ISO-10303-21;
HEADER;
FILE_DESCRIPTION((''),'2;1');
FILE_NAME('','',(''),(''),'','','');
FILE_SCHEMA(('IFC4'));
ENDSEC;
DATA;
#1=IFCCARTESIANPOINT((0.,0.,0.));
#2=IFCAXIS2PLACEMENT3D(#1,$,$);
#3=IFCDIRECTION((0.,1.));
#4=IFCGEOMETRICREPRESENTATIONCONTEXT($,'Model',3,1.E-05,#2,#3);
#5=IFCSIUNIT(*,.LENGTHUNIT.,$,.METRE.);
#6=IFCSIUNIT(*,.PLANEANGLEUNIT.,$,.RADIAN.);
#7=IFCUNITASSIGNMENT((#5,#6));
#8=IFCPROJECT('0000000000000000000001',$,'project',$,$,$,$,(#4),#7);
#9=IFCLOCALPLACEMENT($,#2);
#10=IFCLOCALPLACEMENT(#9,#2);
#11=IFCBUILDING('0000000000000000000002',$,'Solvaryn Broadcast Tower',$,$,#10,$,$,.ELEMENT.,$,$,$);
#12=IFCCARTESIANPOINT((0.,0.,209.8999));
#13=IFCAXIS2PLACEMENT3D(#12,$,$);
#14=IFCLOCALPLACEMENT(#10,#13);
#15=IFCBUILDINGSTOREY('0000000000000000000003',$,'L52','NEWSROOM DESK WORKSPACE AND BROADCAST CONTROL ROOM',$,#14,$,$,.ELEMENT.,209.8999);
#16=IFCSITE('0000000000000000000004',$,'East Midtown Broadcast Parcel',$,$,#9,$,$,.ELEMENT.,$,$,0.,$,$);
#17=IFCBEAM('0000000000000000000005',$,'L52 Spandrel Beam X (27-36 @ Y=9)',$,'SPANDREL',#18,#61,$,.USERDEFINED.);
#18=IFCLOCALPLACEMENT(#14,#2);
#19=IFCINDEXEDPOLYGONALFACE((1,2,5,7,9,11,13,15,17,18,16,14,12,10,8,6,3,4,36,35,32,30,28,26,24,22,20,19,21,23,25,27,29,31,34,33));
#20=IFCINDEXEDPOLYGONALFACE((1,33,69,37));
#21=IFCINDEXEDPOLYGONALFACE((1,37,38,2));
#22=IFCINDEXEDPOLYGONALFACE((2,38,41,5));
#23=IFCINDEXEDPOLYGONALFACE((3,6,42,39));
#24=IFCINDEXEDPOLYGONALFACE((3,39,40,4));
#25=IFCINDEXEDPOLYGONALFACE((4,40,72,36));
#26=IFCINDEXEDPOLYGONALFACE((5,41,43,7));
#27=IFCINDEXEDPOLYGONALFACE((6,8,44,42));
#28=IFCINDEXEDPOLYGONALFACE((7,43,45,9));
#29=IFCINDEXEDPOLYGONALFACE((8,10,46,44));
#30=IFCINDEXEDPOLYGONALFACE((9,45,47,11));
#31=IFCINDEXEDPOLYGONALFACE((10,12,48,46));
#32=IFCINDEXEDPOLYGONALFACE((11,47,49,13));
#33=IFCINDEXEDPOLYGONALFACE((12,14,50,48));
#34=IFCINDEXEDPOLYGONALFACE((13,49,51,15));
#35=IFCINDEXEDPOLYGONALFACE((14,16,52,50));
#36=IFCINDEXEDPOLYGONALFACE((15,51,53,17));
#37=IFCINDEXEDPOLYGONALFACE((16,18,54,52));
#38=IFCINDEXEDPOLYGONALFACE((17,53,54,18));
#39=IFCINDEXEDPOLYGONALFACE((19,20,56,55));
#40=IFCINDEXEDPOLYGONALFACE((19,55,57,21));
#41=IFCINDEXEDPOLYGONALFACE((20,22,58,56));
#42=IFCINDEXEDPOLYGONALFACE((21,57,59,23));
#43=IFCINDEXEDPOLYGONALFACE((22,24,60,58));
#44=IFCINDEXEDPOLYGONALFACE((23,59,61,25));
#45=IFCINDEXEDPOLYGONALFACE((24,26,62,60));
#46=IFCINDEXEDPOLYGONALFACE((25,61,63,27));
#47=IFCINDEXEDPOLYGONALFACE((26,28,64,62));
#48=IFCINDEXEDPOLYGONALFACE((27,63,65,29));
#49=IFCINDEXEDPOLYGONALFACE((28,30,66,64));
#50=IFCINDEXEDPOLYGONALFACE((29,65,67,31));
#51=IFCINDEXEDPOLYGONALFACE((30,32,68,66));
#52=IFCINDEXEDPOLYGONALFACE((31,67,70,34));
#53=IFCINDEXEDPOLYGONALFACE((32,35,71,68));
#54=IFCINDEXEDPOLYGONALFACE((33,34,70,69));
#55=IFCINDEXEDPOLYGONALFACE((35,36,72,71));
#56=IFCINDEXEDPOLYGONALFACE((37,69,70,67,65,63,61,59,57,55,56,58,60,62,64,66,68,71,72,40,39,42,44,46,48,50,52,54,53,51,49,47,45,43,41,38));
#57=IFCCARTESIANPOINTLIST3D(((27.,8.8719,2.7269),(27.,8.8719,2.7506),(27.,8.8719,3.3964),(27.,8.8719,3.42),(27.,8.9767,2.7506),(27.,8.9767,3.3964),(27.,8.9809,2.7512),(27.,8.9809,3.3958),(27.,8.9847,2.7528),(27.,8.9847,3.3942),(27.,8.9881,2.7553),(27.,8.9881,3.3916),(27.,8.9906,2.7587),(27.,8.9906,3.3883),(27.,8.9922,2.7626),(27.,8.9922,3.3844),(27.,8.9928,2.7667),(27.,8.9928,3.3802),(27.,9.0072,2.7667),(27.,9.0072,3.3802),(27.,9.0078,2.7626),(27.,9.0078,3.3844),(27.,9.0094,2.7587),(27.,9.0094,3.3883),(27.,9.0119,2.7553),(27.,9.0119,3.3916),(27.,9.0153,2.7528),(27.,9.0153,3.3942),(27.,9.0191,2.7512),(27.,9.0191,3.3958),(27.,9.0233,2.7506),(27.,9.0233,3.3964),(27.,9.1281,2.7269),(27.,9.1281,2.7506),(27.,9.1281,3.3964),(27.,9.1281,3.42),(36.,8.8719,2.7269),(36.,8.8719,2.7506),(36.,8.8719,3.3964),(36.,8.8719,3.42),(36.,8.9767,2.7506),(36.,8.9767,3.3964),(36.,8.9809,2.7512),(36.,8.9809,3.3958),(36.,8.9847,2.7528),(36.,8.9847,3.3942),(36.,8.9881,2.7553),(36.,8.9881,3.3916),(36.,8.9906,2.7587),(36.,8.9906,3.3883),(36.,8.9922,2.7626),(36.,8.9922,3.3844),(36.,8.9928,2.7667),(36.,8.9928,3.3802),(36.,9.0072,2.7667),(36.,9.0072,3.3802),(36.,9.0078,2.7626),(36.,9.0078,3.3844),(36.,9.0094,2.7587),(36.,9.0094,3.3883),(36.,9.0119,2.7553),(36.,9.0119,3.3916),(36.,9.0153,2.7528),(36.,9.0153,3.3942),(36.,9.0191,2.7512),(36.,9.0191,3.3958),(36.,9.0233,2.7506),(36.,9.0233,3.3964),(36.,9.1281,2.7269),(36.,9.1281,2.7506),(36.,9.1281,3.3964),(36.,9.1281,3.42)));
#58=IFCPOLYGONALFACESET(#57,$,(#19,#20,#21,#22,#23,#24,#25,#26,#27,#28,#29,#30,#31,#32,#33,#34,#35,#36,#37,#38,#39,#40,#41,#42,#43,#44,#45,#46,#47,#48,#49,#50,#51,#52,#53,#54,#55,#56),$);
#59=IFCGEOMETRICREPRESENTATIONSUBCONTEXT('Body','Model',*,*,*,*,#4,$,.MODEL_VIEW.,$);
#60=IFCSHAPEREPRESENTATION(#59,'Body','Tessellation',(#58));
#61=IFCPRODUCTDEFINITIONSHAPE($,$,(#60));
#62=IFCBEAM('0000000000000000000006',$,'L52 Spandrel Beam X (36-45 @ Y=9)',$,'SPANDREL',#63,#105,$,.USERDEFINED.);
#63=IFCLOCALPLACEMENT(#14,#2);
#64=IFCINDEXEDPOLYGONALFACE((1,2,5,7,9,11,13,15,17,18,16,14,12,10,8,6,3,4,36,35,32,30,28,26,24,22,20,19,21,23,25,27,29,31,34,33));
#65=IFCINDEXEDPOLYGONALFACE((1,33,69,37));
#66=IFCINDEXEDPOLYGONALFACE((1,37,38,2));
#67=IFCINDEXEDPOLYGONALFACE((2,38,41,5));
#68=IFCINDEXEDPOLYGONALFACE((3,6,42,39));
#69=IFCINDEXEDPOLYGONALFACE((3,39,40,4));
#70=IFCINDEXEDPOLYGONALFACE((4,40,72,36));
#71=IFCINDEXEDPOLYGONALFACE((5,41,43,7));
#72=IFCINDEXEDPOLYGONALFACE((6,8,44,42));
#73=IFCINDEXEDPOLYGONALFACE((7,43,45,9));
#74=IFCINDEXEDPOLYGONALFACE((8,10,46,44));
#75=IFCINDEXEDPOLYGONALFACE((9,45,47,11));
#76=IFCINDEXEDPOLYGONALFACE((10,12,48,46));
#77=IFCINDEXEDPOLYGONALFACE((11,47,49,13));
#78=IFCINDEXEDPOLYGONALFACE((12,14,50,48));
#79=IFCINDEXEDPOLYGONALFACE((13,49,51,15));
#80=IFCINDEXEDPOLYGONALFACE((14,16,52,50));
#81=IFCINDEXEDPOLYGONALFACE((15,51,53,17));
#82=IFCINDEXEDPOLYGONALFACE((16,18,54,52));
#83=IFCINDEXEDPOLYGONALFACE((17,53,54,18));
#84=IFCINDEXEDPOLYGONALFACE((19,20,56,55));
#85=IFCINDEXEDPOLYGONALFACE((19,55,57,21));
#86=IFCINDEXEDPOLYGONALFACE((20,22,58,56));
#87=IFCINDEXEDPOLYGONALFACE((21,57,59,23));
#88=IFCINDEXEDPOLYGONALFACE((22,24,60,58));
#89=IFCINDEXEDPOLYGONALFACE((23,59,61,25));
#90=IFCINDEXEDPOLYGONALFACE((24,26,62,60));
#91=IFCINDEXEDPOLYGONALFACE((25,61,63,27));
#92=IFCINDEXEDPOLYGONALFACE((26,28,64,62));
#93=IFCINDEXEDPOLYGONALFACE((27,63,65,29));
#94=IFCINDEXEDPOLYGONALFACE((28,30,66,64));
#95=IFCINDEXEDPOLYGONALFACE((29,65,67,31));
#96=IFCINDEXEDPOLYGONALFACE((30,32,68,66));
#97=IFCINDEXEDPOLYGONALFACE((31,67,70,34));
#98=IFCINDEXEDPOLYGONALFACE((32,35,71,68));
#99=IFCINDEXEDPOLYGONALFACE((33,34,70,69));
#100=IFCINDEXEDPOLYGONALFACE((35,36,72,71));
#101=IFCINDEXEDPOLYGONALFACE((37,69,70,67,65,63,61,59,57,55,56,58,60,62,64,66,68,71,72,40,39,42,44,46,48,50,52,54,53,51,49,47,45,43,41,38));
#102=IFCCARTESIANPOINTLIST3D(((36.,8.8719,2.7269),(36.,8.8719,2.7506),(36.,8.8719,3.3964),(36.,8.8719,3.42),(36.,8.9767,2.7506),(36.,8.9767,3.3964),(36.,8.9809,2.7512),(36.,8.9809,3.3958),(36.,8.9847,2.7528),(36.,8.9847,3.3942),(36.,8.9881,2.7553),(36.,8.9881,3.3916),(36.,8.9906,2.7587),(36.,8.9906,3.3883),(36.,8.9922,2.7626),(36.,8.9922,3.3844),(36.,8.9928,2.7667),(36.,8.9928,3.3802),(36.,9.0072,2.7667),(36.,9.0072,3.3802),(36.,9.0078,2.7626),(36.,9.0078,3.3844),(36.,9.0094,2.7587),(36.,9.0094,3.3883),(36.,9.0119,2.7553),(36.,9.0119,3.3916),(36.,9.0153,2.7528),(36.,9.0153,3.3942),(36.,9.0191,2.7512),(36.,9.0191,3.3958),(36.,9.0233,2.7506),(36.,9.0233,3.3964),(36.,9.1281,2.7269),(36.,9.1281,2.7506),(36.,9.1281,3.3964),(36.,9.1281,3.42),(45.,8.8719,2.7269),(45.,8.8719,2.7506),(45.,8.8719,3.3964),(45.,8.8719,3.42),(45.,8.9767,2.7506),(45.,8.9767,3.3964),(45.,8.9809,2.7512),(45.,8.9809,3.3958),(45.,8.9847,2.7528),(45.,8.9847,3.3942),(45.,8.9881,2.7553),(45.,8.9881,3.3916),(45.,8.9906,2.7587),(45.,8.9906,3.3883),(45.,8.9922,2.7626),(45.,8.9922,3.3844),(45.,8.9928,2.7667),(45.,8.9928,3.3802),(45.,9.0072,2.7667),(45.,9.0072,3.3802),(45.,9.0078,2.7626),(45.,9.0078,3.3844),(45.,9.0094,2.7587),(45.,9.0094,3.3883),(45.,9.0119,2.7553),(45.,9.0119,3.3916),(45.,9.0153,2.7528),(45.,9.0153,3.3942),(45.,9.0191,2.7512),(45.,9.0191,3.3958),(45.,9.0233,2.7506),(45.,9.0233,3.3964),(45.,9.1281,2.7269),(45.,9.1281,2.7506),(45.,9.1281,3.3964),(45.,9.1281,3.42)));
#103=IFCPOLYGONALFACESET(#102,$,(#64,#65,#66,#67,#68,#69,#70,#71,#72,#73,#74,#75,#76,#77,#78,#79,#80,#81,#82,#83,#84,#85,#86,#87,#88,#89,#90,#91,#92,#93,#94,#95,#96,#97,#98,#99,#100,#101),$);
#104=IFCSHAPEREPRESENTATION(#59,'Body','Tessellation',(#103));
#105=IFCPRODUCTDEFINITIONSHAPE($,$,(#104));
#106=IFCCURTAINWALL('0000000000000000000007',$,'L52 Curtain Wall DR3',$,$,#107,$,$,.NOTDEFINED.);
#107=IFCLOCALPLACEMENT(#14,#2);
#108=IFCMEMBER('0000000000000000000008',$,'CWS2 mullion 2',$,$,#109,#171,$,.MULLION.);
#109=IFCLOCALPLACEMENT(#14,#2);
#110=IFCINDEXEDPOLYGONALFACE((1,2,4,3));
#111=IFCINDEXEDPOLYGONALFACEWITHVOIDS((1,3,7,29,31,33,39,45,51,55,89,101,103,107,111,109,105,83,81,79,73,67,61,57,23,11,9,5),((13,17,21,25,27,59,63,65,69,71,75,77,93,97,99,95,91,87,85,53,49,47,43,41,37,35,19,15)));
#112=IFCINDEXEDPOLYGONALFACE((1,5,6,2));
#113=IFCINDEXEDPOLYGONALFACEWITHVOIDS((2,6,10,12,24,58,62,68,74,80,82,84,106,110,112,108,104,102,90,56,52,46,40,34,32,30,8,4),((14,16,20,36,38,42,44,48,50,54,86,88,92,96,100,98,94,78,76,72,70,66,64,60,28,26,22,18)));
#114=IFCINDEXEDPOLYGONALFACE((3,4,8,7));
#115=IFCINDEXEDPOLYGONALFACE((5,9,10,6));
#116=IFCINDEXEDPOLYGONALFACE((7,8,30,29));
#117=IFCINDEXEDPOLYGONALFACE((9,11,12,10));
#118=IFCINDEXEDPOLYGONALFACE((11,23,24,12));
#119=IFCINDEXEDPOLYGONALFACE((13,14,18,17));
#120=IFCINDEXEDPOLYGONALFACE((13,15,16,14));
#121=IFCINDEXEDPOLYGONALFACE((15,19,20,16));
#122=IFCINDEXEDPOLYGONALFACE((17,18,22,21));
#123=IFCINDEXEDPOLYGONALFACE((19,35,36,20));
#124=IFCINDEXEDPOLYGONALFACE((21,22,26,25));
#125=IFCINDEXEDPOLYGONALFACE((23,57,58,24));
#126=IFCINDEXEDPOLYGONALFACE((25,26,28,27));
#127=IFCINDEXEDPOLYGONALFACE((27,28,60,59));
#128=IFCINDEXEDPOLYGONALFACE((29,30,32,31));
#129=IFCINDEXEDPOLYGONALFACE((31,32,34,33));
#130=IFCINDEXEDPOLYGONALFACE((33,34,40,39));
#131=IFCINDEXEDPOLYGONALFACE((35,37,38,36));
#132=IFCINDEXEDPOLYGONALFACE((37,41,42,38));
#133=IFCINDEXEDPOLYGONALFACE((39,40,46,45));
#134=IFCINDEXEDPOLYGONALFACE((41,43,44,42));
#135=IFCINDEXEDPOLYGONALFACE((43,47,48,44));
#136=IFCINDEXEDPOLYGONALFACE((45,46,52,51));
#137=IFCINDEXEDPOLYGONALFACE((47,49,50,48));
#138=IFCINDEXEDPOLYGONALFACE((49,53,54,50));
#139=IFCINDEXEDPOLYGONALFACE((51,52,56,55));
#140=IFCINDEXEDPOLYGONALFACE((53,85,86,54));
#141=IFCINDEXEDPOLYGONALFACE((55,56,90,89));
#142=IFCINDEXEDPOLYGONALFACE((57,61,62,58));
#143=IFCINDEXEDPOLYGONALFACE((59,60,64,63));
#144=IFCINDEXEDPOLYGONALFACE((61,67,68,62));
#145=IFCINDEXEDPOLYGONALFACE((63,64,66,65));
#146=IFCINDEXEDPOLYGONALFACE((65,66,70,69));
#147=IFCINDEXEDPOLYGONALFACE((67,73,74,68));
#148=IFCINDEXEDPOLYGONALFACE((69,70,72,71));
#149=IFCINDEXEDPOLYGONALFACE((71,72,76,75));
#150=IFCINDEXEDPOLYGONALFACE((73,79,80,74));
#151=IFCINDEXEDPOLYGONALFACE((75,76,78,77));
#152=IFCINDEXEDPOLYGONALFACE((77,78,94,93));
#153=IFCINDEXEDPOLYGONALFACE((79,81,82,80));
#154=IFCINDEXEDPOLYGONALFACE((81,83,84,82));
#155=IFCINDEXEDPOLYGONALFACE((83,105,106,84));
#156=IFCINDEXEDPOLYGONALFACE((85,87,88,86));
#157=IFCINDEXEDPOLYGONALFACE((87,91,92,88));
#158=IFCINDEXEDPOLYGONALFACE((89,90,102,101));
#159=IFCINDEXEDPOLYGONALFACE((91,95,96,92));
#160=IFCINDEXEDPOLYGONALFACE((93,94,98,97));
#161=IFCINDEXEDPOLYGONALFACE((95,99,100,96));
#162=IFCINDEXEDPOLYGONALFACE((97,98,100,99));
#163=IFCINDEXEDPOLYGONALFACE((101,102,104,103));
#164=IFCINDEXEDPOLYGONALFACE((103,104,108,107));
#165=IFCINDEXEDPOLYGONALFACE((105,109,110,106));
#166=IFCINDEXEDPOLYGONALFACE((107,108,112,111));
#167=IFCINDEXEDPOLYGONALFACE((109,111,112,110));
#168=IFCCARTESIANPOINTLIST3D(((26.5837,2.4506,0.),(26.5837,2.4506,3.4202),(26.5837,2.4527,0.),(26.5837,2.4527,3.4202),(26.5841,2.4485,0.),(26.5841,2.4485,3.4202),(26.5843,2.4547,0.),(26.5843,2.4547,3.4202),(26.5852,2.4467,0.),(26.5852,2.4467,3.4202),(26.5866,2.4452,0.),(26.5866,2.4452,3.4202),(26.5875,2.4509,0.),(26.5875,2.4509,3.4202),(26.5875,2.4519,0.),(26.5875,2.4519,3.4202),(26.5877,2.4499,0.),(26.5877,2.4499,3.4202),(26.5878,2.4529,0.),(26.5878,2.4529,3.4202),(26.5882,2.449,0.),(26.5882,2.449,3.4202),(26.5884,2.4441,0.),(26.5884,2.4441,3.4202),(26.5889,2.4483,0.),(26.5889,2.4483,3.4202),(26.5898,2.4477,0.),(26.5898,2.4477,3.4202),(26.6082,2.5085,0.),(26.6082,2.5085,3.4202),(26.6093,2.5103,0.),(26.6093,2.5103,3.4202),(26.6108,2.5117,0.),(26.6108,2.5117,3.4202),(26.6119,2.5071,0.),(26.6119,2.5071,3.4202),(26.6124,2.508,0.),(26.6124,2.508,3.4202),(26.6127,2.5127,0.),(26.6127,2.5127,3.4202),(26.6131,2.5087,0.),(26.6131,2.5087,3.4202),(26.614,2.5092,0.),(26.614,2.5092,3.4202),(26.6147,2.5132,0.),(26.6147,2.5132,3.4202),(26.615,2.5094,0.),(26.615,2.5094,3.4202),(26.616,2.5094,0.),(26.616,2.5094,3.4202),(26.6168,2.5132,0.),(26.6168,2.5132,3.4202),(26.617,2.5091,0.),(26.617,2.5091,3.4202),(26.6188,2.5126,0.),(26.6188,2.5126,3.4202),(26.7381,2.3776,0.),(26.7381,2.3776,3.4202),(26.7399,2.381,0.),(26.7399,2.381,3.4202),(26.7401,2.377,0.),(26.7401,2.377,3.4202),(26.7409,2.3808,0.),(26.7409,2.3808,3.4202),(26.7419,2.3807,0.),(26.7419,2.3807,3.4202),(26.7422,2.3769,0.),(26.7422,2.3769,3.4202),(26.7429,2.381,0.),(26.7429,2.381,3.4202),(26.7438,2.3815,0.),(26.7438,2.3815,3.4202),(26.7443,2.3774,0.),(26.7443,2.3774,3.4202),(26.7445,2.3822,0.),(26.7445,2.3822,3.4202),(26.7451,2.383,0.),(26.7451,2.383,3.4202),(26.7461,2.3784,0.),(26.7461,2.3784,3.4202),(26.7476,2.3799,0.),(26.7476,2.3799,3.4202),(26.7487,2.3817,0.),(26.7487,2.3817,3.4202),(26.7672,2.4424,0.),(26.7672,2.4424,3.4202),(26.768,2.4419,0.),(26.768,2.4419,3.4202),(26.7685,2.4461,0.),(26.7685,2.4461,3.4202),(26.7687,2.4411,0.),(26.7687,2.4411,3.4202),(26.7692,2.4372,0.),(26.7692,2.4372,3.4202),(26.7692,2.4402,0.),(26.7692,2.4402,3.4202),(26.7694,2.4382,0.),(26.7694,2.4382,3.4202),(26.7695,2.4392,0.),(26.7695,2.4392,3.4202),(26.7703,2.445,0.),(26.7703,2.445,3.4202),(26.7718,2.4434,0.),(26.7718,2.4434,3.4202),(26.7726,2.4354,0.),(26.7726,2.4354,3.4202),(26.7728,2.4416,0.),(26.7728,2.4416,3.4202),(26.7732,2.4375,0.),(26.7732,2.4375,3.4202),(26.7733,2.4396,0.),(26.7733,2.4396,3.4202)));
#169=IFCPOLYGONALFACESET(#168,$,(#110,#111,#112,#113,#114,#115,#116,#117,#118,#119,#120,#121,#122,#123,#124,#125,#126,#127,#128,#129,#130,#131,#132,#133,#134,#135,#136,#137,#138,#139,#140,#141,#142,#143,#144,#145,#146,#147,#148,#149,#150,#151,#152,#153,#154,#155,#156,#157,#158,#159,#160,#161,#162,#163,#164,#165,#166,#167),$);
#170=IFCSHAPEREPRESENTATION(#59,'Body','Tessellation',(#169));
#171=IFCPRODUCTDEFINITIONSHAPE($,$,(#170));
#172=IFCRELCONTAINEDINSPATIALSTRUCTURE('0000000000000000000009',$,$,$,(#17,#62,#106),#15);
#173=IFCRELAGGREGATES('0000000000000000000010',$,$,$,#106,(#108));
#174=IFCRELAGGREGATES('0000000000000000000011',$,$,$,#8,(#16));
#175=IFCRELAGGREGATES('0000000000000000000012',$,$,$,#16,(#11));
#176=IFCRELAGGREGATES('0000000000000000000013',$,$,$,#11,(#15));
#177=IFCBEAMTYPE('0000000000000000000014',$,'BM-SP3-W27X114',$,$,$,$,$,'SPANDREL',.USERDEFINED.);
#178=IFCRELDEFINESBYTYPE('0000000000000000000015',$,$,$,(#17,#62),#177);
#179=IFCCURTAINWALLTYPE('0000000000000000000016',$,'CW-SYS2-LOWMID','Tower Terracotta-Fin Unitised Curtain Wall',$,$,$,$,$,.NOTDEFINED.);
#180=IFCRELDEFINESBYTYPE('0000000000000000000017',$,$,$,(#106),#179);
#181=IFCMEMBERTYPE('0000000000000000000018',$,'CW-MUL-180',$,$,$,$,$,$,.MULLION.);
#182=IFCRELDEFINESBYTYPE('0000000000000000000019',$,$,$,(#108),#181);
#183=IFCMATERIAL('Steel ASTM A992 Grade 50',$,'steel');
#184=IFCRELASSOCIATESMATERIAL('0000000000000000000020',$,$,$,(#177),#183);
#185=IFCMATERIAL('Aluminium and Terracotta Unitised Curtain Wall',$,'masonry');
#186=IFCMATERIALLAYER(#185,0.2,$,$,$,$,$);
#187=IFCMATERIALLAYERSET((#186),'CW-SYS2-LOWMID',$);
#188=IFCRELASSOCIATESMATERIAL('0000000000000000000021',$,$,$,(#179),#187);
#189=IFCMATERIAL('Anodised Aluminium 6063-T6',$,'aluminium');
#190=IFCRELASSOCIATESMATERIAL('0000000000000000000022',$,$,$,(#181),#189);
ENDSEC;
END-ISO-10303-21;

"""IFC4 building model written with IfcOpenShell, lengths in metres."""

from ifc_helpers import new_model, si_unit, direction, frame, origin, origin_2d, place, context, subcontext, project, spatial, hollow_rectangle, i_section, extrude, material, layer, layer_set, material_profile, profile_set, type_object, element, aggregate, save


model = new_model("IFC4")

# Units and contexts
model_context = context("Model", 3, precision=1e-05, world=origin(), true_north=direction((0.0, 1.0)))
body_context = subcontext(model_context, "Body", "Model", "MODEL_VIEW")
ifc_project = project(units=[si_unit("LENGTHUNIT", "METRE"), si_unit("PLANEANGLEUNIT", "RADIAN")], contexts=[model_context])

# Site, building, storey
site_placement = place(None, origin())
site = spatial("IfcSite", under=ifc_project, at=site_placement, Name="East Midtown Broadcast Parcel", CompositionType="ELEMENT", RefElevation=0.0)
building_placement = place(site_placement, origin())
building = spatial("IfcBuilding", under=site, at=building_placement, Name="Solvaryn Broadcast Tower", CompositionType="ELEMENT")
storey_placement = place(building_placement, frame((0.0, 0.0, 209.8999)))
storey = spatial("IfcBuildingStorey", under=building, at=storey_placement, Name="L52", Description="NEWSROOM DESK WORKSPACE AND BROADCAST CONTROL ROOM", CompositionType="ELEMENT", Elevation=209.8999)

# Beams
ifc_material_1 = material(Name="Steel ASTM A992 Grade 50", Category="steel")
ifc_material_profile_1 = material_profile(ifc_material_1, i_section(OverallWidth=0.2561, OverallDepth=0.6931, WebThickness=0.0144, FlangeThickness=0.0237, FilletRadius=0.0161, at=origin_2d()))
ifc_profile_set_1 = profile_set([ifc_material_profile_1], Name="Steel ASTM A992 Grade 50")
beam_type_1 = type_object("IfcBeamType", Name="BM-SP3-W27X114", ElementType="SPANDREL", PredefinedType="USERDEFINED", material=ifc_profile_set_1)
for number, where, z_axis, x_axis, name in (
    (1, (27.0, 9.0, 3.0735), (1.0, 0.0, 0.0), (0.0, 1.0, 0.0), "L52 Spandrel Beam X (27-36 @ Y=9)"),
    (2, (36.0, 9.0, 3.0735), (1.0, 0.0, 0.0), (0.0, 1.0, 0.0), "L52 Spandrel Beam X (36-45 @ Y=9)"),
):
    element("IfcBeam", number, at=place(storey_placement, frame(where, z_axis=z_axis, x_axis=x_axis)), inside=storey, type_object=beam_type_1, Name=name, ObjectType="SPANDREL", PredefinedType="USERDEFINED", context=body_context, shape_type="SweptSolid", body=[
        extrude(i_section(OverallWidth=0.2561, OverallDepth=0.6931, WebThickness=0.0144, FlangeThickness=0.0237, FilletRadius=0.0161, at=origin_2d()), origin(), (0.0, 0.0, 1.0), 9.0),
    ])

# Curtain wall, member
ifc_material_2 = material(Name="Aluminium and Terracotta Unitised Curtain Wall", Category="masonry")
ifc_layer_1 = layer(ifc_material_2, 0.2)
ifc_layer_set_1 = layer_set([ifc_layer_1], Name="CW-SYS2-LOWMID")
curtain_wall_type = type_object("IfcCurtainWallType", Name="CW-SYS2-LOWMID", Description="Tower Terracotta-Fin Unitised Curtain Wall", PredefinedType="NOTDEFINED", material=ifc_layer_set_1)
curtain_wall_1_placement = place(storey_placement, origin())
curtain_wall_1 = element("IfcCurtainWall", 3, at=curtain_wall_1_placement, inside=storey, type_object=curtain_wall_type, Name="L52 Curtain Wall DR3", PredefinedType="NOTDEFINED")
ifc_material_3 = material(Name="Anodised Aluminium 6063-T6", Category="aluminium")
ifc_material_profile_2 = material_profile(ifc_material_3, hollow_rectangle(XDim=0.075, YDim=0.1799, WallThickness=0.0039, InnerFilletRadius=0.0039, OuterFilletRadius=0.0081, at=origin_2d()))
ifc_profile_set_2 = profile_set([ifc_material_profile_2], Name="Anodised Aluminium 6063-T6")
member_type_1 = type_object("IfcMemberType", Name="CW-MUL-180", PredefinedType="MULLION", material=ifc_profile_set_2)
member_1_placement = place(storey_placement, frame((26.6785, 2.4451, 0.0), z_axis=(0.0, 0.0, 1.0), x_axis=(0.405901, 0.913917, 0.0)))
member_1 = element("IfcMember", 4, at=member_1_placement, type_object=member_type_1, Name="CWS2 mullion 2", PredefinedType="MULLION", context=body_context, shape_type="SweptSolid", body=[
    extrude(hollow_rectangle(XDim=0.075, YDim=0.1799, WallThickness=0.0039, InnerFilletRadius=0.0039, OuterFilletRadius=0.0081, at=origin_2d()), origin(), (0.0, 0.0, 1.0), 3.4202),
])
aggregate(curtain_wall_1, [member_1])

save(model, "model.ifc")
